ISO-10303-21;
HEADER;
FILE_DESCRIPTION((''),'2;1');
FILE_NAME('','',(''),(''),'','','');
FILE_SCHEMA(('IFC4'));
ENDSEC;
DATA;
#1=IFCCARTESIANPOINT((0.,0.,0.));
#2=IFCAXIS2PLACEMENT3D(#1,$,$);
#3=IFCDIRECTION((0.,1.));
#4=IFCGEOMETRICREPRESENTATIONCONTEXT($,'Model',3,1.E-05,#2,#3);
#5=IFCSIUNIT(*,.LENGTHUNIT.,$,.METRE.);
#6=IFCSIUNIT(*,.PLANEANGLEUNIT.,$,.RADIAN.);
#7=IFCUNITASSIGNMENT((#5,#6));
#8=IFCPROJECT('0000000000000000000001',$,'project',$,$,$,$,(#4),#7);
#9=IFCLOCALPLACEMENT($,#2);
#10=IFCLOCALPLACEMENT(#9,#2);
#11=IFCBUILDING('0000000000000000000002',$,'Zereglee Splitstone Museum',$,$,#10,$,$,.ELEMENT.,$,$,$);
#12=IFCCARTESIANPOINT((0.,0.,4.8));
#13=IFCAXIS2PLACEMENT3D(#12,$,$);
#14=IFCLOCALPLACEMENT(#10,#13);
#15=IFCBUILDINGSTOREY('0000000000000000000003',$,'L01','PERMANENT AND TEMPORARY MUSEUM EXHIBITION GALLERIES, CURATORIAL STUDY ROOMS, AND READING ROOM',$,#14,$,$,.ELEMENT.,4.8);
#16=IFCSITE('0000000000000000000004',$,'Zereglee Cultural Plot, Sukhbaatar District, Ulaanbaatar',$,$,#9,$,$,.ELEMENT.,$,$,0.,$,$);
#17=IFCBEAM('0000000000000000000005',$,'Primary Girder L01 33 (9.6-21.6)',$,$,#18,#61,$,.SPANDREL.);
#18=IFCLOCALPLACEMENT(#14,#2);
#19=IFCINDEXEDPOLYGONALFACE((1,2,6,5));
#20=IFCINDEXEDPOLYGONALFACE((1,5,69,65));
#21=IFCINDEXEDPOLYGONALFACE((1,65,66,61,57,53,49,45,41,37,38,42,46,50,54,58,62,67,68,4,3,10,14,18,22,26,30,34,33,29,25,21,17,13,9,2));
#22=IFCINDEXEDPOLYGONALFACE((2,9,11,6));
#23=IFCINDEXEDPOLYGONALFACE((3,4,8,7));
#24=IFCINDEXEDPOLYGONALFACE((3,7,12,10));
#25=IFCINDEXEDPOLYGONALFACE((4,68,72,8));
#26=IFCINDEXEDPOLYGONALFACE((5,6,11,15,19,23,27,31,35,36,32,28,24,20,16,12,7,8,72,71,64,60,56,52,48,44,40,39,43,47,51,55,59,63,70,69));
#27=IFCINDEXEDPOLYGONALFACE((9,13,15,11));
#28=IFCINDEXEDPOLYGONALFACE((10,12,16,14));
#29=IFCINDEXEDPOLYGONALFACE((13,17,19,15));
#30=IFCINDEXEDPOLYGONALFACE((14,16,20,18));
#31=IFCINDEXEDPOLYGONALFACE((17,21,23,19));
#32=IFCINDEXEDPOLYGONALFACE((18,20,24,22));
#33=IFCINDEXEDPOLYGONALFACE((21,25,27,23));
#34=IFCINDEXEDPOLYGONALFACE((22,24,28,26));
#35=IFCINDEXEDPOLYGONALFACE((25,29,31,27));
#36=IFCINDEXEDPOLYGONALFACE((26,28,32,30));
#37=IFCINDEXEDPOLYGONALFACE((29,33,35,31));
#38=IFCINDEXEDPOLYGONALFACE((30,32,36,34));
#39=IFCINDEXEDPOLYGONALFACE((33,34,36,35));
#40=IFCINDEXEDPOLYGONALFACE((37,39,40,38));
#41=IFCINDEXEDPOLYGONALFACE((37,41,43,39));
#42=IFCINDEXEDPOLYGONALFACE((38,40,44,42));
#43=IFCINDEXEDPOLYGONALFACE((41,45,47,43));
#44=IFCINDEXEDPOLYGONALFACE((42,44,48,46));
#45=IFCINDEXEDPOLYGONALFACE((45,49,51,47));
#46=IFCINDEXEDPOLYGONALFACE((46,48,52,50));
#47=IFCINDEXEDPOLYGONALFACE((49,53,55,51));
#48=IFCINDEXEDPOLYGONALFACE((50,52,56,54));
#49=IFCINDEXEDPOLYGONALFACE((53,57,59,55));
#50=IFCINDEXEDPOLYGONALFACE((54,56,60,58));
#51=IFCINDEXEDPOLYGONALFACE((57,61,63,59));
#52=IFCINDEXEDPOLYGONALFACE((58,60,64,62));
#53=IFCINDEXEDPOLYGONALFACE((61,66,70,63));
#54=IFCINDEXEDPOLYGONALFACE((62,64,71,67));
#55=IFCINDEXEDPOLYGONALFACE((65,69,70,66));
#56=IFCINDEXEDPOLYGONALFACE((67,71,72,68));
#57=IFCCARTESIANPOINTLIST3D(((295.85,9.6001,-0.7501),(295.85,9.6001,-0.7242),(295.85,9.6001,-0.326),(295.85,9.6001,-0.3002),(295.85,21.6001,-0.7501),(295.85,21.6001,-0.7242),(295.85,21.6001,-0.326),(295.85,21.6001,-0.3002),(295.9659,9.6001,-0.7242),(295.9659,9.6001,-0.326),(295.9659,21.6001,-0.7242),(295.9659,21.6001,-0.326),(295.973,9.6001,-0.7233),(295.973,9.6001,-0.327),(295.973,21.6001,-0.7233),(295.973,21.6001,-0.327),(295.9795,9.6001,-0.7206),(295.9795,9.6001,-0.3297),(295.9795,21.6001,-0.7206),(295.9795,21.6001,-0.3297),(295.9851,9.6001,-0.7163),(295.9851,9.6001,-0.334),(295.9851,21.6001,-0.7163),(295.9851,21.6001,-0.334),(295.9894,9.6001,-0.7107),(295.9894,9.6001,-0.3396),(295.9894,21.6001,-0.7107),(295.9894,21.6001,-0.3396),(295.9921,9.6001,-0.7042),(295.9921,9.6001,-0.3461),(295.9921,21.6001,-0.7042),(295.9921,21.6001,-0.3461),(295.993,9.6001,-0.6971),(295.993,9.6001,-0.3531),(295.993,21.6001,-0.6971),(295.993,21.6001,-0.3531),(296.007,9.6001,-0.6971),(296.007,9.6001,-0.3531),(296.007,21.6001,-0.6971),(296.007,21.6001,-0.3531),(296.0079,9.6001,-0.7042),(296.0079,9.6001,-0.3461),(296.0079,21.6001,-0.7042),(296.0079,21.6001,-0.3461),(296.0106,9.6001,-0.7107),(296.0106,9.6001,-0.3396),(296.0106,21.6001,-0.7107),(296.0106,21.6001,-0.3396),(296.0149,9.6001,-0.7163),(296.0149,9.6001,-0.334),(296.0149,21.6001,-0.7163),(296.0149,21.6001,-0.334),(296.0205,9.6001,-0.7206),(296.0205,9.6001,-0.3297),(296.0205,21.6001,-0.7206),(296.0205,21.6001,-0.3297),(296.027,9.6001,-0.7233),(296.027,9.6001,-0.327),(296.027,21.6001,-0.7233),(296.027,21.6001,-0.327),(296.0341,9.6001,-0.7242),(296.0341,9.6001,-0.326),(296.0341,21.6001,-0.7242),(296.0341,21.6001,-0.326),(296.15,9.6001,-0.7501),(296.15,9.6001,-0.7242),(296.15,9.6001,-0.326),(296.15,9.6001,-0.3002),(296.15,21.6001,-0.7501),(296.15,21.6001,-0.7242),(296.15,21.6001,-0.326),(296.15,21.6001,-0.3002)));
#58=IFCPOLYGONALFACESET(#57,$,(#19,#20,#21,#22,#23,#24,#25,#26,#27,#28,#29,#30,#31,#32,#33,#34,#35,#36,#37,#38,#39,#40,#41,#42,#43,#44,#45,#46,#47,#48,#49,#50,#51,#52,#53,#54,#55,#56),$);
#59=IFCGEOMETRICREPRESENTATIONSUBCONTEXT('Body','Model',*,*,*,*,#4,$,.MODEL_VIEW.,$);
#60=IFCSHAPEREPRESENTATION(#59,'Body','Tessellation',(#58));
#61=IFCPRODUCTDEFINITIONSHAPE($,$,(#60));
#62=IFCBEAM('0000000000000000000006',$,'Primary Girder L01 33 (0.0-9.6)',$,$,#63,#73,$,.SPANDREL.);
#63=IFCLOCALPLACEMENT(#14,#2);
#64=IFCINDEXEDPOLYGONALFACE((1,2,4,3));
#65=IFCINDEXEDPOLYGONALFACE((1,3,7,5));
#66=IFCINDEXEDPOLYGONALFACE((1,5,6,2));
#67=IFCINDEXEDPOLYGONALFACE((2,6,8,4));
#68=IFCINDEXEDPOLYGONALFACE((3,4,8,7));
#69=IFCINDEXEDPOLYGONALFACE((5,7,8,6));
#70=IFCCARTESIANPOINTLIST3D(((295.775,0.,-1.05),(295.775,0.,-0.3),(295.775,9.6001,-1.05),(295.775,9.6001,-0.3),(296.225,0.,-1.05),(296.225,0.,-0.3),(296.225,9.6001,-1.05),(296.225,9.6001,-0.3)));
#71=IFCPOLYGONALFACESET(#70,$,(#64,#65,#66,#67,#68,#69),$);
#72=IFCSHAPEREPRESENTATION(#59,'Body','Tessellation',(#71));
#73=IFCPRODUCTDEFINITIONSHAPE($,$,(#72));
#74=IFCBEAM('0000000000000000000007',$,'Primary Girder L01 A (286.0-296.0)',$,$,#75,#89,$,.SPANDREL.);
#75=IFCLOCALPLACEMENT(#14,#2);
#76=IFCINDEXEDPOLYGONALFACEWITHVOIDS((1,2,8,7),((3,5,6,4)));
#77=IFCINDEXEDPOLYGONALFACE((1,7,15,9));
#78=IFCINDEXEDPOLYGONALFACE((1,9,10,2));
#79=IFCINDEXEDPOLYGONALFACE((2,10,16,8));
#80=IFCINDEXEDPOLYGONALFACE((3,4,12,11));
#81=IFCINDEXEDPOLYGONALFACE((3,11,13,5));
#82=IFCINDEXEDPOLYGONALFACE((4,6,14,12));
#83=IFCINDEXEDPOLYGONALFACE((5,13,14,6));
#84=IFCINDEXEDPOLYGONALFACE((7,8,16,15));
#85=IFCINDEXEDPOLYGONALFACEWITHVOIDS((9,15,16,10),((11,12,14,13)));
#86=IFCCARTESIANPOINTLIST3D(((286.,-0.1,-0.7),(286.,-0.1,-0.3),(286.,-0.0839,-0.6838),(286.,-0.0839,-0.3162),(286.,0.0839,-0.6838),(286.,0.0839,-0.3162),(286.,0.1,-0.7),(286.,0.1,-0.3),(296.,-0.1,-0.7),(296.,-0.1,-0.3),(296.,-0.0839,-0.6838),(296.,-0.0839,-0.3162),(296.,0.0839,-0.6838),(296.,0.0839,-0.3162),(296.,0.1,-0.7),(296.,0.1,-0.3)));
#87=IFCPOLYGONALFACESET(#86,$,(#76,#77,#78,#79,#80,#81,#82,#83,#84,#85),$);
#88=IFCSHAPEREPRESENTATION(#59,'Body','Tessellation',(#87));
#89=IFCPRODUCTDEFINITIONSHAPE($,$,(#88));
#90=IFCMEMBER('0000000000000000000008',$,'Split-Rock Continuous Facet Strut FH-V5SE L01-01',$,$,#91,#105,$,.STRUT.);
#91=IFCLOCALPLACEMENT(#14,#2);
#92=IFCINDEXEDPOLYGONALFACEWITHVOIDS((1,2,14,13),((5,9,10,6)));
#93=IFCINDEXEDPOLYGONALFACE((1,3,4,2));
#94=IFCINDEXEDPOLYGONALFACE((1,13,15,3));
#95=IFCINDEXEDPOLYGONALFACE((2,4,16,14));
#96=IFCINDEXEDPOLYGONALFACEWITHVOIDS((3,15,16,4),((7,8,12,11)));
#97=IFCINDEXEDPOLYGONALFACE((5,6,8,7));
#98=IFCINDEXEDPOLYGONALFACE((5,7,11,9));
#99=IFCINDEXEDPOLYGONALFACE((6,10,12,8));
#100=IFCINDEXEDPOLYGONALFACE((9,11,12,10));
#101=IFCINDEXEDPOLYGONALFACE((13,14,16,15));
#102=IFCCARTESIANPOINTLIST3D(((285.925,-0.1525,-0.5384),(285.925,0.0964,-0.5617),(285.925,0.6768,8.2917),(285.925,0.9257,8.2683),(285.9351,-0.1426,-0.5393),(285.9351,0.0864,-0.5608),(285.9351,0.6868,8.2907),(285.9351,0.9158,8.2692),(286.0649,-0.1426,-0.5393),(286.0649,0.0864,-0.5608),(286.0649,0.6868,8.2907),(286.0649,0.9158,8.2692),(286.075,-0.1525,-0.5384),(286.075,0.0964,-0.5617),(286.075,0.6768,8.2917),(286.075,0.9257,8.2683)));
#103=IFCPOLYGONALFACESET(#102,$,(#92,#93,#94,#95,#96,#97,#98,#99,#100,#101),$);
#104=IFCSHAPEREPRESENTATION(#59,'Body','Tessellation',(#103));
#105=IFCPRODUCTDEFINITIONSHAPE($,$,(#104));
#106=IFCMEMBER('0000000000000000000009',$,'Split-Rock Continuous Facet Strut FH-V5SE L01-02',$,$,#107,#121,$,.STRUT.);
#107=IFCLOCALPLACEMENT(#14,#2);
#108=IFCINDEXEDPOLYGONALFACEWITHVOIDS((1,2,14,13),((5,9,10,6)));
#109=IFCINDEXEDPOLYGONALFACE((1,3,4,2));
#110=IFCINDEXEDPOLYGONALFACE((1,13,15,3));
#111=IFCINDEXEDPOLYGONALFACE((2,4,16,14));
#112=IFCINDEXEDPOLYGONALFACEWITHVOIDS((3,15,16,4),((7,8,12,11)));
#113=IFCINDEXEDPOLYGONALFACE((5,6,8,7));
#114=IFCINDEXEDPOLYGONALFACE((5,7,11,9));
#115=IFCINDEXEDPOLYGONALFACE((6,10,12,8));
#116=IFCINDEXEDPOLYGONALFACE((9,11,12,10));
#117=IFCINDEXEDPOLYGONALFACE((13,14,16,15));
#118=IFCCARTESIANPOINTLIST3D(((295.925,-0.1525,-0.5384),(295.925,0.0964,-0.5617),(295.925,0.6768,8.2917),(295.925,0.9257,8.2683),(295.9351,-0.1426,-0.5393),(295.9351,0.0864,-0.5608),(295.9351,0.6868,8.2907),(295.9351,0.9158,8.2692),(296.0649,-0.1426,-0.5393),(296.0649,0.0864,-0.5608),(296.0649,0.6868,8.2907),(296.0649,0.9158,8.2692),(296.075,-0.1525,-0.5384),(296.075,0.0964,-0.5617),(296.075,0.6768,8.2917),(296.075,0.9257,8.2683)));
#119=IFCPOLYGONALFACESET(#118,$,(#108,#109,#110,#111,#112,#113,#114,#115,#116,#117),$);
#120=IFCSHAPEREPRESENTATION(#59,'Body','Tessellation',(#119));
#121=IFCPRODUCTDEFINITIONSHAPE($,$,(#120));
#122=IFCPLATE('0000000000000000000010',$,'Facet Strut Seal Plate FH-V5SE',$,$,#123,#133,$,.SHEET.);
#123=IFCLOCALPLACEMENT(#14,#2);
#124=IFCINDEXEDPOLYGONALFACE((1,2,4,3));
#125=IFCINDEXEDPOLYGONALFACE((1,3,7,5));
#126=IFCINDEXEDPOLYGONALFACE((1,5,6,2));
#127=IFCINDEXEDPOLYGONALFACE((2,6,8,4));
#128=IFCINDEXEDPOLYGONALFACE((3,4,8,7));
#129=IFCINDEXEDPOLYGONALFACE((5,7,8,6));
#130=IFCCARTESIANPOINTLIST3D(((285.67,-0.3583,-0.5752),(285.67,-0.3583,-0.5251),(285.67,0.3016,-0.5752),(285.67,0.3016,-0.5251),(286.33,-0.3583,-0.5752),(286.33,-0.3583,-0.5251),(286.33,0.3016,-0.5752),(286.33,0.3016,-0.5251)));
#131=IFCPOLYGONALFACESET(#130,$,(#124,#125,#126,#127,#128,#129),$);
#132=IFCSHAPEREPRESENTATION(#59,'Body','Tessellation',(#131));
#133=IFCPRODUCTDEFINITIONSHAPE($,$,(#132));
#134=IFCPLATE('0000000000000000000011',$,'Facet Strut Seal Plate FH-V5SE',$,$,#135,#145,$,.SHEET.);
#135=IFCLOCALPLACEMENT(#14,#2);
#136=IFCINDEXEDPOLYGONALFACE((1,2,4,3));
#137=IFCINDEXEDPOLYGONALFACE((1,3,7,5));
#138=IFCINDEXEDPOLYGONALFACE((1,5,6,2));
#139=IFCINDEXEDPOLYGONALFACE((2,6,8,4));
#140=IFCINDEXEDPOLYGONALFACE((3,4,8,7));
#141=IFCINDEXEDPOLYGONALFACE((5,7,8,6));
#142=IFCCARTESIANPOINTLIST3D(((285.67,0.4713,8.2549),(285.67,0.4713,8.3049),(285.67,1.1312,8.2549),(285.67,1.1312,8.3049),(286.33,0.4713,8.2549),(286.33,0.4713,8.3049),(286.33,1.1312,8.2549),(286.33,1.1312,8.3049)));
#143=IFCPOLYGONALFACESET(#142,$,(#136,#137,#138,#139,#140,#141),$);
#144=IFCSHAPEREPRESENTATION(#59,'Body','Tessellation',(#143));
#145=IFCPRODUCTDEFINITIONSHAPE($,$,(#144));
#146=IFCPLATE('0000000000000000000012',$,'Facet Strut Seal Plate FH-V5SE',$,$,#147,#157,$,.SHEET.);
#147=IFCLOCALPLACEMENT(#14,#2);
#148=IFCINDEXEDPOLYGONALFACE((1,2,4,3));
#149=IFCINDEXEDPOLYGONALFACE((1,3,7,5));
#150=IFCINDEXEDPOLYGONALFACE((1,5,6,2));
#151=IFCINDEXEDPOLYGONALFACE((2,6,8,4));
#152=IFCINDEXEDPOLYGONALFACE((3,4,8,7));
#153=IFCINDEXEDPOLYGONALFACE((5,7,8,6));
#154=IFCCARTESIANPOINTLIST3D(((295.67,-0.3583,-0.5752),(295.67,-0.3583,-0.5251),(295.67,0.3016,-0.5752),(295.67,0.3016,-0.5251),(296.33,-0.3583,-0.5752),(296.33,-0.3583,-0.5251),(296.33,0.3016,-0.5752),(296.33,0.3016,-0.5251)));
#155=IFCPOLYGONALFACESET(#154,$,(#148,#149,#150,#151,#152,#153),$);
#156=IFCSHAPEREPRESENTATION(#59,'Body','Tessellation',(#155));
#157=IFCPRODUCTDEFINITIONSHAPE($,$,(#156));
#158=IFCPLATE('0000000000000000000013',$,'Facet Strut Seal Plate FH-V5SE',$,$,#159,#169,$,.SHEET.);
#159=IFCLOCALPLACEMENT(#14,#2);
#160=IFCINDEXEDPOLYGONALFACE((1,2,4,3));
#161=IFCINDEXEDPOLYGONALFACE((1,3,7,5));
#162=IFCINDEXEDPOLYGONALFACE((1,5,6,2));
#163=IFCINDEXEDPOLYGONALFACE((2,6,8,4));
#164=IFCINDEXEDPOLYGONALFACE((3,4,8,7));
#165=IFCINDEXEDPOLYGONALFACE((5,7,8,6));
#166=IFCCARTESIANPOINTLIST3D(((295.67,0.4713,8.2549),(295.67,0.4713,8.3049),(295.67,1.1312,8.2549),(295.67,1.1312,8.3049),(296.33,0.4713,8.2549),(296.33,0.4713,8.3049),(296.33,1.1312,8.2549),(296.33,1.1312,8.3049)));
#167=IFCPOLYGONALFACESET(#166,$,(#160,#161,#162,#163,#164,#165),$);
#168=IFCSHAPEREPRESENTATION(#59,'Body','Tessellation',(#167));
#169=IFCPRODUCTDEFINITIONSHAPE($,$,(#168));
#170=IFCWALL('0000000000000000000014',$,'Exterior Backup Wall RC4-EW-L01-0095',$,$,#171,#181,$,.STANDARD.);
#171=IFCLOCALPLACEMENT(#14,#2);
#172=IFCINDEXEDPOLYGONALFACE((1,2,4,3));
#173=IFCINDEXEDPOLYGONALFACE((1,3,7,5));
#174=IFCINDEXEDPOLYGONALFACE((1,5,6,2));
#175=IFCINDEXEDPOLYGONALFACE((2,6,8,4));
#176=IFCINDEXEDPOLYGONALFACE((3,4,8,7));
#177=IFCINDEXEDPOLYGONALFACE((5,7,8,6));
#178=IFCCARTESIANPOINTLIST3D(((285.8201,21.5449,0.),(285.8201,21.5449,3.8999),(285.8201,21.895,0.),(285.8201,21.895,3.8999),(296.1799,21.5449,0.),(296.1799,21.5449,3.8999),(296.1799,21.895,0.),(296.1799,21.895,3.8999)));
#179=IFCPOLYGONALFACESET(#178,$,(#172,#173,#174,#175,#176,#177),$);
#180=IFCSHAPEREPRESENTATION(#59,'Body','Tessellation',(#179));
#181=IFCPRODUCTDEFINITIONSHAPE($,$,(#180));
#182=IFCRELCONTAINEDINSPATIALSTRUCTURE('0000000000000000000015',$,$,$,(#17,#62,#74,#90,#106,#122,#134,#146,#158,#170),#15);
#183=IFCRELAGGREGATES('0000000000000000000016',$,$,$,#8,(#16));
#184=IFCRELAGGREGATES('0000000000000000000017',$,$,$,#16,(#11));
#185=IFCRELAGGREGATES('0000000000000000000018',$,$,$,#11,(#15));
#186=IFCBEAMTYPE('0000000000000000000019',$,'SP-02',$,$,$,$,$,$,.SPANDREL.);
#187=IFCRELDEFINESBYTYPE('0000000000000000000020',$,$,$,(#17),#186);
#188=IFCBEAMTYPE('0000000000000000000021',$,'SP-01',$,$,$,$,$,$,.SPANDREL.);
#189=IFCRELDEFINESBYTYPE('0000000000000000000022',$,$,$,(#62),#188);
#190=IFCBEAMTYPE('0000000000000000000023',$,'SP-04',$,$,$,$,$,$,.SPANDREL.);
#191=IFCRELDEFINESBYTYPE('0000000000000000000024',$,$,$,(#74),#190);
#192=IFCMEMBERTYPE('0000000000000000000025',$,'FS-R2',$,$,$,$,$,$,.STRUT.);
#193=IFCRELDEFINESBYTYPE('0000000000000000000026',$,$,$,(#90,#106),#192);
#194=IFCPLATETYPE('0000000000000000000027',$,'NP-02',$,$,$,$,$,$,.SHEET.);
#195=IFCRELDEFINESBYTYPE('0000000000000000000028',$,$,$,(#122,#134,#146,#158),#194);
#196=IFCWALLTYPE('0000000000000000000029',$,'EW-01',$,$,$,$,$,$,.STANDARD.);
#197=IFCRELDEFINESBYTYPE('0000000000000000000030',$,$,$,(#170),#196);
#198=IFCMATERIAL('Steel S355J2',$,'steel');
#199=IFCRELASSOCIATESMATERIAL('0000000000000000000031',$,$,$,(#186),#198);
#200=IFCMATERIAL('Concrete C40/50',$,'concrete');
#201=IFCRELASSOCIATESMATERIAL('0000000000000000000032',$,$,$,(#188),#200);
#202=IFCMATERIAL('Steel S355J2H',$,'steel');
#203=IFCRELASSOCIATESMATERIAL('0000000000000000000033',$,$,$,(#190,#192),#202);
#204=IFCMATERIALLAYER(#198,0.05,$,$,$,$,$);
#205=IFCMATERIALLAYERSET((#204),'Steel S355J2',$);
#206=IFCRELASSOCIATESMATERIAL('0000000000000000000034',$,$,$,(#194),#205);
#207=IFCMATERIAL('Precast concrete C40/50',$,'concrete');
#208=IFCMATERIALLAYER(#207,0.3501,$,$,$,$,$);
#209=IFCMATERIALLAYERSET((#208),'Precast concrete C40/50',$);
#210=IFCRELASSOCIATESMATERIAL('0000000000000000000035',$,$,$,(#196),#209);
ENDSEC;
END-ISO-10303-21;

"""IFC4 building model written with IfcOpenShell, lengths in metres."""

from ifc_helpers import new_model, si_unit, direction, frame, frame_2d, origin, origin_2d, place, context, subcontext, project, spatial, rectangle, hollow_rectangle, i_section, extrude, material, layer, layer_set, material_profile, profile_set, type_object, element, save


model = new_model("IFC4")

# Units and contexts
model_context = context("Model", 3, precision=1e-05, world=origin(), true_north=direction((0.0, 1.0)))
body_context = subcontext(model_context, "Body", "Model", "MODEL_VIEW")
ifc_project = project(units=[si_unit("LENGTHUNIT", "METRE"), si_unit("PLANEANGLEUNIT", "RADIAN")], contexts=[model_context])

# Site, building, storey
site_placement = place(None, origin())
site = spatial("IfcSite", under=ifc_project, at=site_placement, Name="Zereglee Cultural Plot, Sukhbaatar District, Ulaanbaatar", CompositionType="ELEMENT", RefElevation=0.0)
building_placement = place(site_placement, origin())
building = spatial("IfcBuilding", under=site, at=building_placement, Name="Zereglee Splitstone Museum", CompositionType="ELEMENT")
storey_placement = place(building_placement, frame((0.0, 0.0, 4.8)))
storey = spatial("IfcBuildingStorey", under=building, at=storey_placement, Name="L01", Description="PERMANENT AND TEMPORARY MUSEUM EXHIBITION GALLERIES, CURATORIAL STUDY ROOMS, AND READING ROOM", CompositionType="ELEMENT", Elevation=4.8)

# Shared definitions
ifc_material_1 = material(Name="Steel S355J2H", Category="steel")
ifc_material_2 = material(Name="Steel S355J2", Category="steel")

# Shared definitions
ifc_material_3 = material(Name="Concrete C40/50", Category="concrete")

# Beams
ifc_material_profile_1 = material_profile(ifc_material_2, i_section(OverallWidth=0.3, OverallDepth=0.45, WebThickness=0.0139, FlangeThickness=0.0259, FilletRadius=0.0271, at=origin_2d()), Name="HE 450 B")
ifc_profile_set_1 = profile_set([ifc_material_profile_1], Name="Steel S355J2")
beam_type_1 = type_object("IfcBeamType", Name="SP-02", PredefinedType="SPANDREL", material=ifc_profile_set_1)
beam_1_placement = place(storey_placement, frame((296.0, 9.6001, -0.5251), z_axis=(0.0, 1.0, 0.0), x_axis=(-1.0, 0.0, 0.0)))
element("IfcBeam", 1, at=beam_1_placement, inside=storey, type_object=beam_type_1, Name="Primary Girder L01 33 (9.6-21.6)", PredefinedType="SPANDREL", context=body_context, shape_type="SweptSolid", body=[
    extrude(i_section(OverallWidth=0.3, OverallDepth=0.45, WebThickness=0.0139, FlangeThickness=0.0259, FilletRadius=0.0271, at=origin_2d()), origin(), (0.0, 0.0, 1.0), 12.0),
])
ifc_material_profile_2 = material_profile(ifc_material_3, rectangle(XDim=0.45, YDim=0.75, at=origin_2d()), Name="RC 450x750")
ifc_profile_set_2 = profile_set([ifc_material_profile_2], Name="Concrete C40/50")
beam_type_2 = type_object("IfcBeamType", Name="SP-01", PredefinedType="SPANDREL", material=ifc_profile_set_2)
beam_2_placement = place(storey_placement, frame((296.0, 0.0, -0.675), z_axis=(0.0, 1.0, 0.0), x_axis=(-1.0, 0.0, 0.0)))
element("IfcBeam", 2, at=beam_2_placement, inside=storey, type_object=beam_type_2, Name="Primary Girder L01 33 (0.0-9.6)", PredefinedType="SPANDREL", context=body_context, shape_type="SweptSolid", body=[
    extrude(rectangle(XDim=0.45, YDim=0.75, at=origin_2d()), origin(), (0.0, 0.0, 1.0), 9.6001),
])
ifc_material_profile_3 = material_profile(ifc_material_1, hollow_rectangle(XDim=0.2, YDim=0.3999, WallThickness=0.0161, at=origin_2d()), Name="RHS 400x200x16")
ifc_profile_set_3 = profile_set([ifc_material_profile_3], Name="Steel S355J2H")
beam_type_3 = type_object("IfcBeamType", Name="SP-04", PredefinedType="SPANDREL", material=ifc_profile_set_3)
beam_3_placement = place(storey_placement, frame((286.0, 0.0, -0.5), z_axis=(1.0, 0.0, 0.0), x_axis=(0.0, 1.0, 0.0)))
element("IfcBeam", 3, at=beam_3_placement, inside=storey, type_object=beam_type_3, Name="Primary Girder L01 A (286.0-296.0)", PredefinedType="SPANDREL", context=body_context, shape_type="SweptSolid", body=[
    extrude(hollow_rectangle(XDim=0.2, YDim=0.3999, WallThickness=0.0161, at=origin_2d()), origin(), (0.0, 0.0, 1.0), 10.0),
])

# Members
ifc_material_profile_4 = material_profile(ifc_material_1, hollow_rectangle(XDim=0.1499, YDim=0.25, WallThickness=0.01, at=origin_2d()), Name="RHS 250x150x10")
ifc_profile_set_4 = profile_set([ifc_material_profile_4], Name="Steel S355J2H")
member_type_1 = type_object("IfcMemberType", Name="FS-R2", PredefinedType="STRUT", material=ifc_profile_set_4)
for number, where, z_axis, x_axis, name in (
    (4, (286.0, -0.0281, -0.55), (0.0, 0.093511, 0.995618), (-1.0, 0.0, 0.0), "Split-Rock Continuous Facet Strut FH-V5SE L01-01"),
    (5, (296.0, -0.0281, -0.55), (0.0, 0.093511, 0.995618), (-1.0, 0.0, 0.0), "Split-Rock Continuous Facet Strut FH-V5SE L01-02"),
):
    element("IfcMember", number, at=place(storey_placement, frame(where, z_axis=z_axis, x_axis=x_axis)), inside=storey, type_object=member_type_1, Name=name, PredefinedType="STRUT", context=body_context, shape_type="SweptSolid", body=[
        extrude(hollow_rectangle(XDim=0.1499, YDim=0.25, WallThickness=0.01, at=origin_2d()), origin(), (0.0, 0.0, 1.0), 8.8689),
    ])

# Plates
ifc_layer_1 = layer(ifc_material_2, 0.05)
ifc_layer_set_1 = layer_set([ifc_layer_1], Name="Steel S355J2")
plate_type = type_object("IfcPlateType", Name="NP-02", PredefinedType="SHEET", material=ifc_layer_set_1)
for number, where, z_axis, x_axis, name in (
    (6, (286.0, -0.0283, -0.5752), (0.0, 0.0, 1.0), (1.0, 0.0, 0.0), "Facet Strut Seal Plate FH-V5SE"),
    (7, (286.0, 0.8013, 8.2549), (0.0, 0.0, 1.0), (1.0, 0.0, 0.0), "Facet Strut Seal Plate FH-V5SE"),
    (8, (296.0, -0.0283, -0.5752), (0.0, 0.0, 1.0), (1.0, 0.0, 0.0), "Facet Strut Seal Plate FH-V5SE"),
    (9, (296.0, 0.8013, 8.2549), (0.0, 0.0, 1.0), (1.0, 0.0, 0.0), "Facet Strut Seal Plate FH-V5SE"),
):
    element("IfcPlate", number, at=place(storey_placement, frame(where, z_axis=z_axis, x_axis=x_axis)), inside=storey, type_object=plate_type, Name=name, PredefinedType="SHEET", context=body_context, shape_type="SweptSolid", body=[
        extrude(rectangle(XDim=0.6599, YDim=0.6599, at=origin_2d()), origin(), (0.0, 0.0, 1.0), 0.05),
    ])

# Wall
ifc_material_4 = material(Name="Precast concrete C40/50", Category="concrete")
ifc_layer_2 = layer(ifc_material_4, 0.3501)
ifc_layer_set_2 = layer_set([ifc_layer_2], Name="Precast concrete C40/50")
wall_type = type_object("IfcWallType", Name="EW-01", PredefinedType="STANDARD", material=ifc_layer_set_2)
wall_1_placement = place(storey_placement, frame((285.8201, 21.72, 0.0), z_axis=(0.0, 0.0, 1.0), x_axis=(1.0, 0.0, 0.0)))
element("IfcWall", 10, at=wall_1_placement, inside=storey, type_object=wall_type, Name="Exterior Backup Wall RC4-EW-L01-0095", PredefinedType="STANDARD", context=body_context, shape_type="SweptSolid", body=[
    extrude(rectangle(XDim=10.3599, YDim=0.3501, at=frame_2d((5.1799, 0.0))), origin(), (0.0, 0.0, 1.0), 3.8999),
])

save(model, "model.ifc")
